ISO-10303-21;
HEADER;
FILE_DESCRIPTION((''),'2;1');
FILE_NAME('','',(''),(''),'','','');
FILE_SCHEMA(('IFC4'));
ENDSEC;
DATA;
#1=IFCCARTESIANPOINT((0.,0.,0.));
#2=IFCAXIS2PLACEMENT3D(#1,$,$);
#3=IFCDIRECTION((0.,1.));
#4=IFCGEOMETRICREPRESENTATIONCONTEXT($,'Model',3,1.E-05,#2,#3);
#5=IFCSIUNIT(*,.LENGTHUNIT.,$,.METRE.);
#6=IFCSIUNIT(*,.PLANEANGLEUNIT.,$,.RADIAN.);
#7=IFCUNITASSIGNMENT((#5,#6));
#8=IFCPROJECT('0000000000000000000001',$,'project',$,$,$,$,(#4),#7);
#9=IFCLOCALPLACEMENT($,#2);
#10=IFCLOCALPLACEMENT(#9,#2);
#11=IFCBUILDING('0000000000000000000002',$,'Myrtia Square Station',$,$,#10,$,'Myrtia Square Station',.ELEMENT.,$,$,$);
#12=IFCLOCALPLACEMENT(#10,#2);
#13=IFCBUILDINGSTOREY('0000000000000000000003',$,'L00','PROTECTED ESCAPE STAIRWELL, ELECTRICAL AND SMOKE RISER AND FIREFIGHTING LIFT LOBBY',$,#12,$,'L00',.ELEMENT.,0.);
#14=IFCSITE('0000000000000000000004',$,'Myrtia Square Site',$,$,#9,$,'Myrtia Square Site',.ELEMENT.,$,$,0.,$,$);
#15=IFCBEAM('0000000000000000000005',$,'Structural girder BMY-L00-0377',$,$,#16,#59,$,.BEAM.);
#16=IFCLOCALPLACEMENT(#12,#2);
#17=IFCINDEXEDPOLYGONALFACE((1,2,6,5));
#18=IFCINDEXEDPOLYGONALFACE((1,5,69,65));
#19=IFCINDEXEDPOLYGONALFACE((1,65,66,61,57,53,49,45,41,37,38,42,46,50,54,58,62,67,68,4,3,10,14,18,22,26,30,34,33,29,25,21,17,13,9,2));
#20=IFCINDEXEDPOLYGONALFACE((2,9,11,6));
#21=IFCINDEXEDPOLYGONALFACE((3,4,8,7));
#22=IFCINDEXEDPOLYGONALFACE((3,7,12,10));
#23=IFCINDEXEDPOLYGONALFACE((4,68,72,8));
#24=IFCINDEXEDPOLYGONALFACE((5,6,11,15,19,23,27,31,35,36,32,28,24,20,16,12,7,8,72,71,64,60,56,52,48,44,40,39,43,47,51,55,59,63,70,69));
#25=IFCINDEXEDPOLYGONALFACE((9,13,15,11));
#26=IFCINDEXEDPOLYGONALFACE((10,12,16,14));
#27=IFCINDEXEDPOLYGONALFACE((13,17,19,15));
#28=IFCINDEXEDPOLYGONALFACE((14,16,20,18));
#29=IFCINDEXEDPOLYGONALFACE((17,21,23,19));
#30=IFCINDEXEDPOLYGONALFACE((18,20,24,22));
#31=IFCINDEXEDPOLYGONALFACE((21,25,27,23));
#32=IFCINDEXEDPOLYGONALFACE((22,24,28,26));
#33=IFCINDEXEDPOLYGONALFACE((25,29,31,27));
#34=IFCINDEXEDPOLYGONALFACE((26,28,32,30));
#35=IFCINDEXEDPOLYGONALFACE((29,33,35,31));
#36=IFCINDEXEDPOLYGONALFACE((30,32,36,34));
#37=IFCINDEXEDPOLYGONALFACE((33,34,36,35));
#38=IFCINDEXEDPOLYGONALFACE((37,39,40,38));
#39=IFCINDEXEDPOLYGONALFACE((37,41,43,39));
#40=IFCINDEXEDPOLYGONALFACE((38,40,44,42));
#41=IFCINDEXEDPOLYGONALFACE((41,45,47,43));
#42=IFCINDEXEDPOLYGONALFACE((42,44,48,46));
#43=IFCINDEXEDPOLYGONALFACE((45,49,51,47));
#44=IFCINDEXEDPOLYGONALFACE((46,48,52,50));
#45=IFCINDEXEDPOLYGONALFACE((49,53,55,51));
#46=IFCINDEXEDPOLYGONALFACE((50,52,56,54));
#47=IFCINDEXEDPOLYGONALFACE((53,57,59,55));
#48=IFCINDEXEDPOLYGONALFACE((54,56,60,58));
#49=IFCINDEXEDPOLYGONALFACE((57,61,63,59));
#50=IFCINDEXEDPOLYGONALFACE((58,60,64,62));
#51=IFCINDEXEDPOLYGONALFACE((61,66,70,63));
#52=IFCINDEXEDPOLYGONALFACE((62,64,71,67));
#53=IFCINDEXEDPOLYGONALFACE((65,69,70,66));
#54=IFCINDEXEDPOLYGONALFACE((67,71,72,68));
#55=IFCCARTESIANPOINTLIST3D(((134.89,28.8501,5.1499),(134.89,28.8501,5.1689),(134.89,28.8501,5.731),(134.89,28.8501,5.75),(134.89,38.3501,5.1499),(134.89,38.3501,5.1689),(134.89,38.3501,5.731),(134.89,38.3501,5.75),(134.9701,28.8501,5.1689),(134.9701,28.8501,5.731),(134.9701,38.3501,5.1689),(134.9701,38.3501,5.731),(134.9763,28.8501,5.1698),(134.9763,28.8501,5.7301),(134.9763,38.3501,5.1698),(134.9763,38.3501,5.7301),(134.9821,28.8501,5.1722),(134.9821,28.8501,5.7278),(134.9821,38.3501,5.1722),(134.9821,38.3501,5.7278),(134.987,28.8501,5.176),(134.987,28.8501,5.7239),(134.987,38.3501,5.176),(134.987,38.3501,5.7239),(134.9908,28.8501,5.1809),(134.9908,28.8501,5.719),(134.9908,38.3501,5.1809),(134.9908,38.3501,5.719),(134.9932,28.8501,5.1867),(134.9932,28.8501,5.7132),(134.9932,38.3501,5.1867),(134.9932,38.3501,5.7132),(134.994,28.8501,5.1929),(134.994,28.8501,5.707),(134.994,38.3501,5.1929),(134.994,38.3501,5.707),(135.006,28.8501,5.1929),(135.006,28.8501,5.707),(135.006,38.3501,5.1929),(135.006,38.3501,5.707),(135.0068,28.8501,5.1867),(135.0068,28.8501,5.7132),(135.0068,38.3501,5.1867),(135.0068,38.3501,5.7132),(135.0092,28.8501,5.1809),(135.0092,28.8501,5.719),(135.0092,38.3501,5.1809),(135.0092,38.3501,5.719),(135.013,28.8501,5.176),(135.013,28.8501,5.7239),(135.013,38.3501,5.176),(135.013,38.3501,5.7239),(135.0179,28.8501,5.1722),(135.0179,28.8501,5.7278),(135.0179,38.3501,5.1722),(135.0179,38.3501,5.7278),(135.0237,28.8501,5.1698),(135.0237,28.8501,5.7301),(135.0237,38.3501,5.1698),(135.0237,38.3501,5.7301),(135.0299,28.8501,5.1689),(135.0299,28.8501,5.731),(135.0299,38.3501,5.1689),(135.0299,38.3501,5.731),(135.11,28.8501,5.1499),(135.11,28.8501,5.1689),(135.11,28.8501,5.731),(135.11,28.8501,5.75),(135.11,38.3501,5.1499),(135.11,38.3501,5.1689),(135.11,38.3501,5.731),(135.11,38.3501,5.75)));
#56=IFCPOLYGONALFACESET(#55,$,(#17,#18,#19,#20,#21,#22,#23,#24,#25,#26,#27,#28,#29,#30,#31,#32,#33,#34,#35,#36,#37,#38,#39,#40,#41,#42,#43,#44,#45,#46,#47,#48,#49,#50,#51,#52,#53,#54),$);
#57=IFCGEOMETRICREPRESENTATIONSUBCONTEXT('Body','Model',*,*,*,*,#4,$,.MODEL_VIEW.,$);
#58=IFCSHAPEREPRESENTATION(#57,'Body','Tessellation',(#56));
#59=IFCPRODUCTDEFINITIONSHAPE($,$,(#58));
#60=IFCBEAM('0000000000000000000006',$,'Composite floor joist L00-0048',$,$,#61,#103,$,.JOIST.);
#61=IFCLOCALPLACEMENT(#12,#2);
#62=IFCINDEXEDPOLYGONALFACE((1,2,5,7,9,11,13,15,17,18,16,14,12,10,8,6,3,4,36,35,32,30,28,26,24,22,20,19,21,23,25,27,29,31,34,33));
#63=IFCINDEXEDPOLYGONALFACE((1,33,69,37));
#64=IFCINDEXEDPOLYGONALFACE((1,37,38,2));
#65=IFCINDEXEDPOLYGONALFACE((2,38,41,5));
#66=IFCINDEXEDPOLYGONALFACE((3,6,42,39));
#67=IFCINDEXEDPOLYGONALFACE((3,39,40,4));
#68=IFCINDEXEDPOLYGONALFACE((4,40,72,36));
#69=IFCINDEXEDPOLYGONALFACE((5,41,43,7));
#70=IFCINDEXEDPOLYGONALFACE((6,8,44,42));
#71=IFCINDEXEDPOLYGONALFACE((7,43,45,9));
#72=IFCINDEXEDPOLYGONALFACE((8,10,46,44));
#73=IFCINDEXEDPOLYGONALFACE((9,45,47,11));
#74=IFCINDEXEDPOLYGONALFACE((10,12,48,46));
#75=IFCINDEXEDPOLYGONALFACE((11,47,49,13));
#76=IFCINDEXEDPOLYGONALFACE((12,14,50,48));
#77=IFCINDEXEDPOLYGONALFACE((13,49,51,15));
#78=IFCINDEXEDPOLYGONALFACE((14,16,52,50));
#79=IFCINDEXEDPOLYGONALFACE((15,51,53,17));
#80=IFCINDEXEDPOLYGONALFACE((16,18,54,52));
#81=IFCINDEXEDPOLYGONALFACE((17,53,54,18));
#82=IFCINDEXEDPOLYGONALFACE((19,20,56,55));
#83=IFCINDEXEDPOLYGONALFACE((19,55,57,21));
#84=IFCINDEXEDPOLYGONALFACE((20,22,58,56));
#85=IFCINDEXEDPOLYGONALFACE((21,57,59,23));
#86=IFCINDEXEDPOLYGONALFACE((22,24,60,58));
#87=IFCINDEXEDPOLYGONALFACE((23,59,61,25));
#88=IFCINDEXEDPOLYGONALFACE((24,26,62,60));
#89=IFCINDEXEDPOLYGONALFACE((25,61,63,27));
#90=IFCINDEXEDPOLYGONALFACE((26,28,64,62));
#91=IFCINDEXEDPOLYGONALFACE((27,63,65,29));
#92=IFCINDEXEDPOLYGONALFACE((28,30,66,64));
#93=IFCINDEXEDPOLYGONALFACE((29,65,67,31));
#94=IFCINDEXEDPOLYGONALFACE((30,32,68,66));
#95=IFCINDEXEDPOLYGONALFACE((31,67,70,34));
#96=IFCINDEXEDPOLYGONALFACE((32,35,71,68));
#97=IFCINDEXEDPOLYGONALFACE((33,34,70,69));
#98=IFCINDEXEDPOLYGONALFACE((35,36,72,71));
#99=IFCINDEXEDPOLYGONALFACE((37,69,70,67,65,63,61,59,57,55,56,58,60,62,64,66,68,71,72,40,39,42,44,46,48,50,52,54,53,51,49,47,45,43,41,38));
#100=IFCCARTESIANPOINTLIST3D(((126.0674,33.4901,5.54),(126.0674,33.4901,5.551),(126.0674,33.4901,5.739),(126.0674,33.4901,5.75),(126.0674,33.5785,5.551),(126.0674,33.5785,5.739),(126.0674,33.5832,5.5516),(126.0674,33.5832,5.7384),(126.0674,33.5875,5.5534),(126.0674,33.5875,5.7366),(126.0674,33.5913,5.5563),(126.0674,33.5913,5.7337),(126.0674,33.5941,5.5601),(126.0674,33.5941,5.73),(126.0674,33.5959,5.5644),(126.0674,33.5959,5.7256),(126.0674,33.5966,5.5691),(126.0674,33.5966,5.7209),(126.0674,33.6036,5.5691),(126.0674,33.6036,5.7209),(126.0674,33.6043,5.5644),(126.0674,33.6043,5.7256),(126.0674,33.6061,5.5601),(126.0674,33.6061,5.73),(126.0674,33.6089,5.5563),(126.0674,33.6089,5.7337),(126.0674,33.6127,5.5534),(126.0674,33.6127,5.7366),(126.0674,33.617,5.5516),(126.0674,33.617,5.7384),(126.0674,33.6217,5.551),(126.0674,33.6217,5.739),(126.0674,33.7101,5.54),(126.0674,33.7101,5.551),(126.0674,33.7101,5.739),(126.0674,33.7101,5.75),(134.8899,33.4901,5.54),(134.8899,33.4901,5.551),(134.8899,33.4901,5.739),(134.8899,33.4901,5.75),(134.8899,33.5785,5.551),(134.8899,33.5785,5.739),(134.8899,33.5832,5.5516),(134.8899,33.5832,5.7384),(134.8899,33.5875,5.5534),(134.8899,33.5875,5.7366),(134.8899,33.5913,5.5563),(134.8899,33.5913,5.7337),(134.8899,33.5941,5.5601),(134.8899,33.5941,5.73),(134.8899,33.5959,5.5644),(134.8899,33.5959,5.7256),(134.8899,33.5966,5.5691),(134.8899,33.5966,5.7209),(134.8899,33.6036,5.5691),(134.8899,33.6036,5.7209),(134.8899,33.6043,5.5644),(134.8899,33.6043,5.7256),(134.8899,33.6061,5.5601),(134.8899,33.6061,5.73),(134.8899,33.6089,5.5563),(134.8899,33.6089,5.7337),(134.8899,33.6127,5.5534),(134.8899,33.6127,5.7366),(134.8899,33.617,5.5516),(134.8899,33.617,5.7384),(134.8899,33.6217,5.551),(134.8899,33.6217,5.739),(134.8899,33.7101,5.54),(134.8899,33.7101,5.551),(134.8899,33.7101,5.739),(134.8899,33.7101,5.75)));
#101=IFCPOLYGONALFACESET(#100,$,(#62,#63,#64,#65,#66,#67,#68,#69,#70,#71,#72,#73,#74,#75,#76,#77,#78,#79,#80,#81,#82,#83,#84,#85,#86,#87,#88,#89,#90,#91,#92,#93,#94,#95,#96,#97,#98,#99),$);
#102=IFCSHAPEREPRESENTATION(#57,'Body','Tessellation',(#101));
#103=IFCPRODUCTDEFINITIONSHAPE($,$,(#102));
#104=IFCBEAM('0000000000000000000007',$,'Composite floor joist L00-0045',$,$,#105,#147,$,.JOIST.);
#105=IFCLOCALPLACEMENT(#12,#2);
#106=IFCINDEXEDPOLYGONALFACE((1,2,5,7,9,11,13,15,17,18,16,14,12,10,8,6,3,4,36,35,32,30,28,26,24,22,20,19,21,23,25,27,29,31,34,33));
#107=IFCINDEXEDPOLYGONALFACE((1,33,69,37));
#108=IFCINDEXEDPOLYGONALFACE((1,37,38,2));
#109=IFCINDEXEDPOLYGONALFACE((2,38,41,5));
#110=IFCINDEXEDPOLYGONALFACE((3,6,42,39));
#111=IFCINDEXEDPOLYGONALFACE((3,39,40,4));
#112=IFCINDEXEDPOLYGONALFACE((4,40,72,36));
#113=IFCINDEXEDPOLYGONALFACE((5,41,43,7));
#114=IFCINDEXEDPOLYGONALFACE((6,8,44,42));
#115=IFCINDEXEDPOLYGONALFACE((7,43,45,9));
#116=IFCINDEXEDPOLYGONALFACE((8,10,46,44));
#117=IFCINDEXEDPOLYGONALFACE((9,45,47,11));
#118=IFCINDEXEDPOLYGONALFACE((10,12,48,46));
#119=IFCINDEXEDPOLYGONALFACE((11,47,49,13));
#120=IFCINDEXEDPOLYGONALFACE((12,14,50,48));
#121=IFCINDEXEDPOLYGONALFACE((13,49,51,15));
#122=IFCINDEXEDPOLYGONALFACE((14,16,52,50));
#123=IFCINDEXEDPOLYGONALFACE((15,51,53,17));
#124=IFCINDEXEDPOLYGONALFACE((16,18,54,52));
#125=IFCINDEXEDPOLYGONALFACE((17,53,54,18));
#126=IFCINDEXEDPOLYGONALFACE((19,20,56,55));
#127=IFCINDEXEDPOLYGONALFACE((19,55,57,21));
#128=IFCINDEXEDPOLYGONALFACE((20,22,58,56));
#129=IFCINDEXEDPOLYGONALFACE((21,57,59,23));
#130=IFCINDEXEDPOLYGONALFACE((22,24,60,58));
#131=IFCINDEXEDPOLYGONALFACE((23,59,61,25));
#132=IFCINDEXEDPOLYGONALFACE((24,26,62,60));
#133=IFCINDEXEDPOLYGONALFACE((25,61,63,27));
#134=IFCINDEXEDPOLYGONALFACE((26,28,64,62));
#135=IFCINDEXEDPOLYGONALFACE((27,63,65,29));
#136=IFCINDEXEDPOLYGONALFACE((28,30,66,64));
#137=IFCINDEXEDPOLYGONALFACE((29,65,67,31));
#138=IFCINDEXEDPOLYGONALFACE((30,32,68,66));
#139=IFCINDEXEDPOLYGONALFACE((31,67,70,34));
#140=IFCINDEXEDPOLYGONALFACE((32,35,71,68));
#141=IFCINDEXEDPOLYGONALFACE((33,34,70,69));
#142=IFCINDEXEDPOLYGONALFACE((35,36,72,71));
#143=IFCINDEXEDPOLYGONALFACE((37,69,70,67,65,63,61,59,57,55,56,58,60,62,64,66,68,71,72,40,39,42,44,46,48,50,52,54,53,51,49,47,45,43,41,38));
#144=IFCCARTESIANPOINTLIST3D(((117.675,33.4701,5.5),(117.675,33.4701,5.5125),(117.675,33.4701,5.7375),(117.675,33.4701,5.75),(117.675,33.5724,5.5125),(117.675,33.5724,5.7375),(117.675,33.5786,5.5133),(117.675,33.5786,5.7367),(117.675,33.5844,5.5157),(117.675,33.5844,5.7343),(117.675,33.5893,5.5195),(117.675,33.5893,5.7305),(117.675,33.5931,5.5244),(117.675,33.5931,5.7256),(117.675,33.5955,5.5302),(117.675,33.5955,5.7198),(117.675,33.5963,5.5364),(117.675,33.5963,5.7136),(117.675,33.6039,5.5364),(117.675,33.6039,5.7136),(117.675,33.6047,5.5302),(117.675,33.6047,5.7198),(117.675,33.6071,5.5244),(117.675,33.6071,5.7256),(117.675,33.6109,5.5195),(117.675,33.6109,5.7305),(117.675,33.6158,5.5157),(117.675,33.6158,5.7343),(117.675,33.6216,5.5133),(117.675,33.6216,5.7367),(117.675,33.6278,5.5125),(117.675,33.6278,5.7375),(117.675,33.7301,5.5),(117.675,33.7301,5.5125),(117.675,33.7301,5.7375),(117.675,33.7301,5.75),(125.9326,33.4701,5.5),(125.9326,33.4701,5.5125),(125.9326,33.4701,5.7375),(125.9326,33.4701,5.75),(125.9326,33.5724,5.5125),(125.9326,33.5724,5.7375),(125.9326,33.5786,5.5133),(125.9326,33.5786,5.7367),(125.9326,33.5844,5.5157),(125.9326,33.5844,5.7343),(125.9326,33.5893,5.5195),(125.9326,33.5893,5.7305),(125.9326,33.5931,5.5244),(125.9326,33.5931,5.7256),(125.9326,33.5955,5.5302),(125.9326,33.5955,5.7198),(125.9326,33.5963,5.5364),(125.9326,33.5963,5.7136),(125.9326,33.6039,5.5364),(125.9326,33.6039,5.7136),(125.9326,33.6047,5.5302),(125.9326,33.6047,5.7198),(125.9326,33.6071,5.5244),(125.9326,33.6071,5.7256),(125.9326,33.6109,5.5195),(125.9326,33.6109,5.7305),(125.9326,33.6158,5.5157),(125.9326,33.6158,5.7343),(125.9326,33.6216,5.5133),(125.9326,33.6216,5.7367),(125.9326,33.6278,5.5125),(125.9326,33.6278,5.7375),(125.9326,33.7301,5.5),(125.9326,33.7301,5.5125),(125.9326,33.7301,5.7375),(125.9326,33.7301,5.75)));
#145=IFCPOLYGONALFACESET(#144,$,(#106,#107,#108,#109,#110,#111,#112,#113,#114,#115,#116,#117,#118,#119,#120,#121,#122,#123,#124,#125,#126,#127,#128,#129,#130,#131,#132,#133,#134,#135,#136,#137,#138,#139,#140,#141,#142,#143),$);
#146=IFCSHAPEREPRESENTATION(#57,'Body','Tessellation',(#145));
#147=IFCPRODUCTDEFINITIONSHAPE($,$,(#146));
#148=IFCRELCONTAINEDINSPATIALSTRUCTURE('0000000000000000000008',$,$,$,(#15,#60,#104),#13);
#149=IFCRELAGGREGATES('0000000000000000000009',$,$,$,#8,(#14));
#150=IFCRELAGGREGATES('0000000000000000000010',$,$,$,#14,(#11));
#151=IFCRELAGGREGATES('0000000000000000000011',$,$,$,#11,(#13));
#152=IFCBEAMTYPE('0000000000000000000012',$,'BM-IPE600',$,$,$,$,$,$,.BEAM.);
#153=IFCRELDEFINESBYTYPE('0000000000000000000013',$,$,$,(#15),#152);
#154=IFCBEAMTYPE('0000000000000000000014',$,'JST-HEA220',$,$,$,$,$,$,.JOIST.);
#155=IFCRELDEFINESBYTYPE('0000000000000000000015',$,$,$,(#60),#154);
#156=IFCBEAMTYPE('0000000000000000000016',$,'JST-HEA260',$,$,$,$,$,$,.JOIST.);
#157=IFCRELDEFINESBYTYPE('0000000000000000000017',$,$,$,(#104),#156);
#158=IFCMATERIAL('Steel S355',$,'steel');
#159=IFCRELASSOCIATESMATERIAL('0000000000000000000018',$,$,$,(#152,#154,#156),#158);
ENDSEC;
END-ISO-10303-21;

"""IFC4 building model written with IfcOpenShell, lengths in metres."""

from ifc_helpers import new_model, si_unit, direction, frame, origin, origin_2d, place, context, subcontext, project, spatial, i_section, extrude, material, material_profile, profile_set, type_object, element, save


model = new_model("IFC4")

# Units and contexts
model_context = context("Model", 3, precision=1e-05, world=origin(), true_north=direction((0.0, 1.0)))
body_context = subcontext(model_context, "Body", "Model", "MODEL_VIEW")
ifc_project = project(units=[si_unit("LENGTHUNIT", "METRE"), si_unit("PLANEANGLEUNIT", "RADIAN")], contexts=[model_context])

# Site, building, storey
site_placement = place(None, origin())
site = spatial("IfcSite", under=ifc_project, at=site_placement, Name="Myrtia Square Site", LongName="Myrtia Square Site", CompositionType="ELEMENT", RefElevation=0.0)
building_placement = place(site_placement, origin())
building = spatial("IfcBuilding", under=site, at=building_placement, Name="Myrtia Square Station", LongName="Myrtia Square Station", CompositionType="ELEMENT")
storey_placement = place(building_placement, origin())
storey = spatial("IfcBuildingStorey", under=building, at=storey_placement, Name="L00", Description="PROTECTED ESCAPE STAIRWELL, ELECTRICAL AND SMOKE RISER AND FIREFIGHTING LIFT LOBBY", LongName="L00", CompositionType="ELEMENT", Elevation=0.0)

# Shared definitions
ifc_material_1 = material(Name="Steel S355", Category="steel")

# Beams
ifc_material_profile_1 = material_profile(ifc_material_1, i_section(OverallWidth=0.22, OverallDepth=0.6001, WebThickness=0.012, FlangeThickness=0.019, FilletRadius=0.0239, at=origin_2d()), Name="IPE 600")
ifc_profile_set_1 = profile_set([ifc_material_profile_1], Name="Steel S355")
beam_type_1 = type_object("IfcBeamType", Name="BM-IPE600", PredefinedType="BEAM", material=ifc_profile_set_1)
beam_1_placement = place(storey_placement, frame((135.0, 28.8501, 5.45), z_axis=(0.0, 1.0, 0.0), x_axis=(-1.0, 0.0, 0.0)))
element("IfcBeam", 1, at=beam_1_placement, inside=storey, type_object=beam_type_1, Name="Structural girder BMY-L00-0377", PredefinedType="BEAM", context=body_context, shape_type="SweptSolid", body=[
    extrude(i_section(OverallWidth=0.22, OverallDepth=0.6001, WebThickness=0.012, FlangeThickness=0.019, FilletRadius=0.0239, at=origin_2d()), origin(), (0.0, 0.0, 1.0), 9.5),
])
ifc_material_profile_2 = material_profile(ifc_material_1, i_section(OverallWidth=0.22, OverallDepth=0.21, WebThickness=0.0071, FlangeThickness=0.011, FilletRadius=0.0181, at=origin_2d()), Name="HEA 220")
ifc_profile_set_2 = profile_set([ifc_material_profile_2], Name="Steel S355")
beam_type_2 = type_object("IfcBeamType", Name="JST-HEA220", PredefinedType="JOIST", material=ifc_profile_set_2)
beam_2_placement = place(storey_placement, frame((126.0674, 33.6001, 5.645), z_axis=(1.0, 0.0, 0.0), x_axis=(0.0, 1.0, 0.0)))
element("IfcBeam", 2, at=beam_2_placement, inside=storey, type_object=beam_type_2, Name="Composite floor joist L00-0048", PredefinedType="JOIST", context=body_context, shape_type="SweptSolid", body=[
    extrude(i_section(OverallWidth=0.22, OverallDepth=0.21, WebThickness=0.0071, FlangeThickness=0.011, FilletRadius=0.0181, at=origin_2d()), origin(), (0.0, 0.0, 1.0), 8.8225),
])
ifc_material_profile_3 = material_profile(ifc_material_1, i_section(OverallWidth=0.26, OverallDepth=0.25, WebThickness=0.0076, FlangeThickness=0.0125, FilletRadius=0.0239, at=origin_2d()), Name="HEA 260")
ifc_profile_set_3 = profile_set([ifc_material_profile_3], Name="Steel S355")
beam_type_3 = type_object("IfcBeamType", Name="JST-HEA260", PredefinedType="JOIST", material=ifc_profile_set_3)
beam_3_placement = place(storey_placement, frame((117.675, 33.6001, 5.625), z_axis=(1.0, 0.0, 0.0), x_axis=(0.0, 1.0, 0.0)))
element("IfcBeam", 3, at=beam_3_placement, inside=storey, type_object=beam_type_3, Name="Composite floor joist L00-0045", PredefinedType="JOIST", context=body_context, shape_type="SweptSolid", body=[
    extrude(i_section(OverallWidth=0.26, OverallDepth=0.25, WebThickness=0.0076, FlangeThickness=0.0125, FilletRadius=0.0239, at=origin_2d()), origin(), (0.0, 0.0, 1.0), 8.2576),
])

save(model, "model.ifc")
